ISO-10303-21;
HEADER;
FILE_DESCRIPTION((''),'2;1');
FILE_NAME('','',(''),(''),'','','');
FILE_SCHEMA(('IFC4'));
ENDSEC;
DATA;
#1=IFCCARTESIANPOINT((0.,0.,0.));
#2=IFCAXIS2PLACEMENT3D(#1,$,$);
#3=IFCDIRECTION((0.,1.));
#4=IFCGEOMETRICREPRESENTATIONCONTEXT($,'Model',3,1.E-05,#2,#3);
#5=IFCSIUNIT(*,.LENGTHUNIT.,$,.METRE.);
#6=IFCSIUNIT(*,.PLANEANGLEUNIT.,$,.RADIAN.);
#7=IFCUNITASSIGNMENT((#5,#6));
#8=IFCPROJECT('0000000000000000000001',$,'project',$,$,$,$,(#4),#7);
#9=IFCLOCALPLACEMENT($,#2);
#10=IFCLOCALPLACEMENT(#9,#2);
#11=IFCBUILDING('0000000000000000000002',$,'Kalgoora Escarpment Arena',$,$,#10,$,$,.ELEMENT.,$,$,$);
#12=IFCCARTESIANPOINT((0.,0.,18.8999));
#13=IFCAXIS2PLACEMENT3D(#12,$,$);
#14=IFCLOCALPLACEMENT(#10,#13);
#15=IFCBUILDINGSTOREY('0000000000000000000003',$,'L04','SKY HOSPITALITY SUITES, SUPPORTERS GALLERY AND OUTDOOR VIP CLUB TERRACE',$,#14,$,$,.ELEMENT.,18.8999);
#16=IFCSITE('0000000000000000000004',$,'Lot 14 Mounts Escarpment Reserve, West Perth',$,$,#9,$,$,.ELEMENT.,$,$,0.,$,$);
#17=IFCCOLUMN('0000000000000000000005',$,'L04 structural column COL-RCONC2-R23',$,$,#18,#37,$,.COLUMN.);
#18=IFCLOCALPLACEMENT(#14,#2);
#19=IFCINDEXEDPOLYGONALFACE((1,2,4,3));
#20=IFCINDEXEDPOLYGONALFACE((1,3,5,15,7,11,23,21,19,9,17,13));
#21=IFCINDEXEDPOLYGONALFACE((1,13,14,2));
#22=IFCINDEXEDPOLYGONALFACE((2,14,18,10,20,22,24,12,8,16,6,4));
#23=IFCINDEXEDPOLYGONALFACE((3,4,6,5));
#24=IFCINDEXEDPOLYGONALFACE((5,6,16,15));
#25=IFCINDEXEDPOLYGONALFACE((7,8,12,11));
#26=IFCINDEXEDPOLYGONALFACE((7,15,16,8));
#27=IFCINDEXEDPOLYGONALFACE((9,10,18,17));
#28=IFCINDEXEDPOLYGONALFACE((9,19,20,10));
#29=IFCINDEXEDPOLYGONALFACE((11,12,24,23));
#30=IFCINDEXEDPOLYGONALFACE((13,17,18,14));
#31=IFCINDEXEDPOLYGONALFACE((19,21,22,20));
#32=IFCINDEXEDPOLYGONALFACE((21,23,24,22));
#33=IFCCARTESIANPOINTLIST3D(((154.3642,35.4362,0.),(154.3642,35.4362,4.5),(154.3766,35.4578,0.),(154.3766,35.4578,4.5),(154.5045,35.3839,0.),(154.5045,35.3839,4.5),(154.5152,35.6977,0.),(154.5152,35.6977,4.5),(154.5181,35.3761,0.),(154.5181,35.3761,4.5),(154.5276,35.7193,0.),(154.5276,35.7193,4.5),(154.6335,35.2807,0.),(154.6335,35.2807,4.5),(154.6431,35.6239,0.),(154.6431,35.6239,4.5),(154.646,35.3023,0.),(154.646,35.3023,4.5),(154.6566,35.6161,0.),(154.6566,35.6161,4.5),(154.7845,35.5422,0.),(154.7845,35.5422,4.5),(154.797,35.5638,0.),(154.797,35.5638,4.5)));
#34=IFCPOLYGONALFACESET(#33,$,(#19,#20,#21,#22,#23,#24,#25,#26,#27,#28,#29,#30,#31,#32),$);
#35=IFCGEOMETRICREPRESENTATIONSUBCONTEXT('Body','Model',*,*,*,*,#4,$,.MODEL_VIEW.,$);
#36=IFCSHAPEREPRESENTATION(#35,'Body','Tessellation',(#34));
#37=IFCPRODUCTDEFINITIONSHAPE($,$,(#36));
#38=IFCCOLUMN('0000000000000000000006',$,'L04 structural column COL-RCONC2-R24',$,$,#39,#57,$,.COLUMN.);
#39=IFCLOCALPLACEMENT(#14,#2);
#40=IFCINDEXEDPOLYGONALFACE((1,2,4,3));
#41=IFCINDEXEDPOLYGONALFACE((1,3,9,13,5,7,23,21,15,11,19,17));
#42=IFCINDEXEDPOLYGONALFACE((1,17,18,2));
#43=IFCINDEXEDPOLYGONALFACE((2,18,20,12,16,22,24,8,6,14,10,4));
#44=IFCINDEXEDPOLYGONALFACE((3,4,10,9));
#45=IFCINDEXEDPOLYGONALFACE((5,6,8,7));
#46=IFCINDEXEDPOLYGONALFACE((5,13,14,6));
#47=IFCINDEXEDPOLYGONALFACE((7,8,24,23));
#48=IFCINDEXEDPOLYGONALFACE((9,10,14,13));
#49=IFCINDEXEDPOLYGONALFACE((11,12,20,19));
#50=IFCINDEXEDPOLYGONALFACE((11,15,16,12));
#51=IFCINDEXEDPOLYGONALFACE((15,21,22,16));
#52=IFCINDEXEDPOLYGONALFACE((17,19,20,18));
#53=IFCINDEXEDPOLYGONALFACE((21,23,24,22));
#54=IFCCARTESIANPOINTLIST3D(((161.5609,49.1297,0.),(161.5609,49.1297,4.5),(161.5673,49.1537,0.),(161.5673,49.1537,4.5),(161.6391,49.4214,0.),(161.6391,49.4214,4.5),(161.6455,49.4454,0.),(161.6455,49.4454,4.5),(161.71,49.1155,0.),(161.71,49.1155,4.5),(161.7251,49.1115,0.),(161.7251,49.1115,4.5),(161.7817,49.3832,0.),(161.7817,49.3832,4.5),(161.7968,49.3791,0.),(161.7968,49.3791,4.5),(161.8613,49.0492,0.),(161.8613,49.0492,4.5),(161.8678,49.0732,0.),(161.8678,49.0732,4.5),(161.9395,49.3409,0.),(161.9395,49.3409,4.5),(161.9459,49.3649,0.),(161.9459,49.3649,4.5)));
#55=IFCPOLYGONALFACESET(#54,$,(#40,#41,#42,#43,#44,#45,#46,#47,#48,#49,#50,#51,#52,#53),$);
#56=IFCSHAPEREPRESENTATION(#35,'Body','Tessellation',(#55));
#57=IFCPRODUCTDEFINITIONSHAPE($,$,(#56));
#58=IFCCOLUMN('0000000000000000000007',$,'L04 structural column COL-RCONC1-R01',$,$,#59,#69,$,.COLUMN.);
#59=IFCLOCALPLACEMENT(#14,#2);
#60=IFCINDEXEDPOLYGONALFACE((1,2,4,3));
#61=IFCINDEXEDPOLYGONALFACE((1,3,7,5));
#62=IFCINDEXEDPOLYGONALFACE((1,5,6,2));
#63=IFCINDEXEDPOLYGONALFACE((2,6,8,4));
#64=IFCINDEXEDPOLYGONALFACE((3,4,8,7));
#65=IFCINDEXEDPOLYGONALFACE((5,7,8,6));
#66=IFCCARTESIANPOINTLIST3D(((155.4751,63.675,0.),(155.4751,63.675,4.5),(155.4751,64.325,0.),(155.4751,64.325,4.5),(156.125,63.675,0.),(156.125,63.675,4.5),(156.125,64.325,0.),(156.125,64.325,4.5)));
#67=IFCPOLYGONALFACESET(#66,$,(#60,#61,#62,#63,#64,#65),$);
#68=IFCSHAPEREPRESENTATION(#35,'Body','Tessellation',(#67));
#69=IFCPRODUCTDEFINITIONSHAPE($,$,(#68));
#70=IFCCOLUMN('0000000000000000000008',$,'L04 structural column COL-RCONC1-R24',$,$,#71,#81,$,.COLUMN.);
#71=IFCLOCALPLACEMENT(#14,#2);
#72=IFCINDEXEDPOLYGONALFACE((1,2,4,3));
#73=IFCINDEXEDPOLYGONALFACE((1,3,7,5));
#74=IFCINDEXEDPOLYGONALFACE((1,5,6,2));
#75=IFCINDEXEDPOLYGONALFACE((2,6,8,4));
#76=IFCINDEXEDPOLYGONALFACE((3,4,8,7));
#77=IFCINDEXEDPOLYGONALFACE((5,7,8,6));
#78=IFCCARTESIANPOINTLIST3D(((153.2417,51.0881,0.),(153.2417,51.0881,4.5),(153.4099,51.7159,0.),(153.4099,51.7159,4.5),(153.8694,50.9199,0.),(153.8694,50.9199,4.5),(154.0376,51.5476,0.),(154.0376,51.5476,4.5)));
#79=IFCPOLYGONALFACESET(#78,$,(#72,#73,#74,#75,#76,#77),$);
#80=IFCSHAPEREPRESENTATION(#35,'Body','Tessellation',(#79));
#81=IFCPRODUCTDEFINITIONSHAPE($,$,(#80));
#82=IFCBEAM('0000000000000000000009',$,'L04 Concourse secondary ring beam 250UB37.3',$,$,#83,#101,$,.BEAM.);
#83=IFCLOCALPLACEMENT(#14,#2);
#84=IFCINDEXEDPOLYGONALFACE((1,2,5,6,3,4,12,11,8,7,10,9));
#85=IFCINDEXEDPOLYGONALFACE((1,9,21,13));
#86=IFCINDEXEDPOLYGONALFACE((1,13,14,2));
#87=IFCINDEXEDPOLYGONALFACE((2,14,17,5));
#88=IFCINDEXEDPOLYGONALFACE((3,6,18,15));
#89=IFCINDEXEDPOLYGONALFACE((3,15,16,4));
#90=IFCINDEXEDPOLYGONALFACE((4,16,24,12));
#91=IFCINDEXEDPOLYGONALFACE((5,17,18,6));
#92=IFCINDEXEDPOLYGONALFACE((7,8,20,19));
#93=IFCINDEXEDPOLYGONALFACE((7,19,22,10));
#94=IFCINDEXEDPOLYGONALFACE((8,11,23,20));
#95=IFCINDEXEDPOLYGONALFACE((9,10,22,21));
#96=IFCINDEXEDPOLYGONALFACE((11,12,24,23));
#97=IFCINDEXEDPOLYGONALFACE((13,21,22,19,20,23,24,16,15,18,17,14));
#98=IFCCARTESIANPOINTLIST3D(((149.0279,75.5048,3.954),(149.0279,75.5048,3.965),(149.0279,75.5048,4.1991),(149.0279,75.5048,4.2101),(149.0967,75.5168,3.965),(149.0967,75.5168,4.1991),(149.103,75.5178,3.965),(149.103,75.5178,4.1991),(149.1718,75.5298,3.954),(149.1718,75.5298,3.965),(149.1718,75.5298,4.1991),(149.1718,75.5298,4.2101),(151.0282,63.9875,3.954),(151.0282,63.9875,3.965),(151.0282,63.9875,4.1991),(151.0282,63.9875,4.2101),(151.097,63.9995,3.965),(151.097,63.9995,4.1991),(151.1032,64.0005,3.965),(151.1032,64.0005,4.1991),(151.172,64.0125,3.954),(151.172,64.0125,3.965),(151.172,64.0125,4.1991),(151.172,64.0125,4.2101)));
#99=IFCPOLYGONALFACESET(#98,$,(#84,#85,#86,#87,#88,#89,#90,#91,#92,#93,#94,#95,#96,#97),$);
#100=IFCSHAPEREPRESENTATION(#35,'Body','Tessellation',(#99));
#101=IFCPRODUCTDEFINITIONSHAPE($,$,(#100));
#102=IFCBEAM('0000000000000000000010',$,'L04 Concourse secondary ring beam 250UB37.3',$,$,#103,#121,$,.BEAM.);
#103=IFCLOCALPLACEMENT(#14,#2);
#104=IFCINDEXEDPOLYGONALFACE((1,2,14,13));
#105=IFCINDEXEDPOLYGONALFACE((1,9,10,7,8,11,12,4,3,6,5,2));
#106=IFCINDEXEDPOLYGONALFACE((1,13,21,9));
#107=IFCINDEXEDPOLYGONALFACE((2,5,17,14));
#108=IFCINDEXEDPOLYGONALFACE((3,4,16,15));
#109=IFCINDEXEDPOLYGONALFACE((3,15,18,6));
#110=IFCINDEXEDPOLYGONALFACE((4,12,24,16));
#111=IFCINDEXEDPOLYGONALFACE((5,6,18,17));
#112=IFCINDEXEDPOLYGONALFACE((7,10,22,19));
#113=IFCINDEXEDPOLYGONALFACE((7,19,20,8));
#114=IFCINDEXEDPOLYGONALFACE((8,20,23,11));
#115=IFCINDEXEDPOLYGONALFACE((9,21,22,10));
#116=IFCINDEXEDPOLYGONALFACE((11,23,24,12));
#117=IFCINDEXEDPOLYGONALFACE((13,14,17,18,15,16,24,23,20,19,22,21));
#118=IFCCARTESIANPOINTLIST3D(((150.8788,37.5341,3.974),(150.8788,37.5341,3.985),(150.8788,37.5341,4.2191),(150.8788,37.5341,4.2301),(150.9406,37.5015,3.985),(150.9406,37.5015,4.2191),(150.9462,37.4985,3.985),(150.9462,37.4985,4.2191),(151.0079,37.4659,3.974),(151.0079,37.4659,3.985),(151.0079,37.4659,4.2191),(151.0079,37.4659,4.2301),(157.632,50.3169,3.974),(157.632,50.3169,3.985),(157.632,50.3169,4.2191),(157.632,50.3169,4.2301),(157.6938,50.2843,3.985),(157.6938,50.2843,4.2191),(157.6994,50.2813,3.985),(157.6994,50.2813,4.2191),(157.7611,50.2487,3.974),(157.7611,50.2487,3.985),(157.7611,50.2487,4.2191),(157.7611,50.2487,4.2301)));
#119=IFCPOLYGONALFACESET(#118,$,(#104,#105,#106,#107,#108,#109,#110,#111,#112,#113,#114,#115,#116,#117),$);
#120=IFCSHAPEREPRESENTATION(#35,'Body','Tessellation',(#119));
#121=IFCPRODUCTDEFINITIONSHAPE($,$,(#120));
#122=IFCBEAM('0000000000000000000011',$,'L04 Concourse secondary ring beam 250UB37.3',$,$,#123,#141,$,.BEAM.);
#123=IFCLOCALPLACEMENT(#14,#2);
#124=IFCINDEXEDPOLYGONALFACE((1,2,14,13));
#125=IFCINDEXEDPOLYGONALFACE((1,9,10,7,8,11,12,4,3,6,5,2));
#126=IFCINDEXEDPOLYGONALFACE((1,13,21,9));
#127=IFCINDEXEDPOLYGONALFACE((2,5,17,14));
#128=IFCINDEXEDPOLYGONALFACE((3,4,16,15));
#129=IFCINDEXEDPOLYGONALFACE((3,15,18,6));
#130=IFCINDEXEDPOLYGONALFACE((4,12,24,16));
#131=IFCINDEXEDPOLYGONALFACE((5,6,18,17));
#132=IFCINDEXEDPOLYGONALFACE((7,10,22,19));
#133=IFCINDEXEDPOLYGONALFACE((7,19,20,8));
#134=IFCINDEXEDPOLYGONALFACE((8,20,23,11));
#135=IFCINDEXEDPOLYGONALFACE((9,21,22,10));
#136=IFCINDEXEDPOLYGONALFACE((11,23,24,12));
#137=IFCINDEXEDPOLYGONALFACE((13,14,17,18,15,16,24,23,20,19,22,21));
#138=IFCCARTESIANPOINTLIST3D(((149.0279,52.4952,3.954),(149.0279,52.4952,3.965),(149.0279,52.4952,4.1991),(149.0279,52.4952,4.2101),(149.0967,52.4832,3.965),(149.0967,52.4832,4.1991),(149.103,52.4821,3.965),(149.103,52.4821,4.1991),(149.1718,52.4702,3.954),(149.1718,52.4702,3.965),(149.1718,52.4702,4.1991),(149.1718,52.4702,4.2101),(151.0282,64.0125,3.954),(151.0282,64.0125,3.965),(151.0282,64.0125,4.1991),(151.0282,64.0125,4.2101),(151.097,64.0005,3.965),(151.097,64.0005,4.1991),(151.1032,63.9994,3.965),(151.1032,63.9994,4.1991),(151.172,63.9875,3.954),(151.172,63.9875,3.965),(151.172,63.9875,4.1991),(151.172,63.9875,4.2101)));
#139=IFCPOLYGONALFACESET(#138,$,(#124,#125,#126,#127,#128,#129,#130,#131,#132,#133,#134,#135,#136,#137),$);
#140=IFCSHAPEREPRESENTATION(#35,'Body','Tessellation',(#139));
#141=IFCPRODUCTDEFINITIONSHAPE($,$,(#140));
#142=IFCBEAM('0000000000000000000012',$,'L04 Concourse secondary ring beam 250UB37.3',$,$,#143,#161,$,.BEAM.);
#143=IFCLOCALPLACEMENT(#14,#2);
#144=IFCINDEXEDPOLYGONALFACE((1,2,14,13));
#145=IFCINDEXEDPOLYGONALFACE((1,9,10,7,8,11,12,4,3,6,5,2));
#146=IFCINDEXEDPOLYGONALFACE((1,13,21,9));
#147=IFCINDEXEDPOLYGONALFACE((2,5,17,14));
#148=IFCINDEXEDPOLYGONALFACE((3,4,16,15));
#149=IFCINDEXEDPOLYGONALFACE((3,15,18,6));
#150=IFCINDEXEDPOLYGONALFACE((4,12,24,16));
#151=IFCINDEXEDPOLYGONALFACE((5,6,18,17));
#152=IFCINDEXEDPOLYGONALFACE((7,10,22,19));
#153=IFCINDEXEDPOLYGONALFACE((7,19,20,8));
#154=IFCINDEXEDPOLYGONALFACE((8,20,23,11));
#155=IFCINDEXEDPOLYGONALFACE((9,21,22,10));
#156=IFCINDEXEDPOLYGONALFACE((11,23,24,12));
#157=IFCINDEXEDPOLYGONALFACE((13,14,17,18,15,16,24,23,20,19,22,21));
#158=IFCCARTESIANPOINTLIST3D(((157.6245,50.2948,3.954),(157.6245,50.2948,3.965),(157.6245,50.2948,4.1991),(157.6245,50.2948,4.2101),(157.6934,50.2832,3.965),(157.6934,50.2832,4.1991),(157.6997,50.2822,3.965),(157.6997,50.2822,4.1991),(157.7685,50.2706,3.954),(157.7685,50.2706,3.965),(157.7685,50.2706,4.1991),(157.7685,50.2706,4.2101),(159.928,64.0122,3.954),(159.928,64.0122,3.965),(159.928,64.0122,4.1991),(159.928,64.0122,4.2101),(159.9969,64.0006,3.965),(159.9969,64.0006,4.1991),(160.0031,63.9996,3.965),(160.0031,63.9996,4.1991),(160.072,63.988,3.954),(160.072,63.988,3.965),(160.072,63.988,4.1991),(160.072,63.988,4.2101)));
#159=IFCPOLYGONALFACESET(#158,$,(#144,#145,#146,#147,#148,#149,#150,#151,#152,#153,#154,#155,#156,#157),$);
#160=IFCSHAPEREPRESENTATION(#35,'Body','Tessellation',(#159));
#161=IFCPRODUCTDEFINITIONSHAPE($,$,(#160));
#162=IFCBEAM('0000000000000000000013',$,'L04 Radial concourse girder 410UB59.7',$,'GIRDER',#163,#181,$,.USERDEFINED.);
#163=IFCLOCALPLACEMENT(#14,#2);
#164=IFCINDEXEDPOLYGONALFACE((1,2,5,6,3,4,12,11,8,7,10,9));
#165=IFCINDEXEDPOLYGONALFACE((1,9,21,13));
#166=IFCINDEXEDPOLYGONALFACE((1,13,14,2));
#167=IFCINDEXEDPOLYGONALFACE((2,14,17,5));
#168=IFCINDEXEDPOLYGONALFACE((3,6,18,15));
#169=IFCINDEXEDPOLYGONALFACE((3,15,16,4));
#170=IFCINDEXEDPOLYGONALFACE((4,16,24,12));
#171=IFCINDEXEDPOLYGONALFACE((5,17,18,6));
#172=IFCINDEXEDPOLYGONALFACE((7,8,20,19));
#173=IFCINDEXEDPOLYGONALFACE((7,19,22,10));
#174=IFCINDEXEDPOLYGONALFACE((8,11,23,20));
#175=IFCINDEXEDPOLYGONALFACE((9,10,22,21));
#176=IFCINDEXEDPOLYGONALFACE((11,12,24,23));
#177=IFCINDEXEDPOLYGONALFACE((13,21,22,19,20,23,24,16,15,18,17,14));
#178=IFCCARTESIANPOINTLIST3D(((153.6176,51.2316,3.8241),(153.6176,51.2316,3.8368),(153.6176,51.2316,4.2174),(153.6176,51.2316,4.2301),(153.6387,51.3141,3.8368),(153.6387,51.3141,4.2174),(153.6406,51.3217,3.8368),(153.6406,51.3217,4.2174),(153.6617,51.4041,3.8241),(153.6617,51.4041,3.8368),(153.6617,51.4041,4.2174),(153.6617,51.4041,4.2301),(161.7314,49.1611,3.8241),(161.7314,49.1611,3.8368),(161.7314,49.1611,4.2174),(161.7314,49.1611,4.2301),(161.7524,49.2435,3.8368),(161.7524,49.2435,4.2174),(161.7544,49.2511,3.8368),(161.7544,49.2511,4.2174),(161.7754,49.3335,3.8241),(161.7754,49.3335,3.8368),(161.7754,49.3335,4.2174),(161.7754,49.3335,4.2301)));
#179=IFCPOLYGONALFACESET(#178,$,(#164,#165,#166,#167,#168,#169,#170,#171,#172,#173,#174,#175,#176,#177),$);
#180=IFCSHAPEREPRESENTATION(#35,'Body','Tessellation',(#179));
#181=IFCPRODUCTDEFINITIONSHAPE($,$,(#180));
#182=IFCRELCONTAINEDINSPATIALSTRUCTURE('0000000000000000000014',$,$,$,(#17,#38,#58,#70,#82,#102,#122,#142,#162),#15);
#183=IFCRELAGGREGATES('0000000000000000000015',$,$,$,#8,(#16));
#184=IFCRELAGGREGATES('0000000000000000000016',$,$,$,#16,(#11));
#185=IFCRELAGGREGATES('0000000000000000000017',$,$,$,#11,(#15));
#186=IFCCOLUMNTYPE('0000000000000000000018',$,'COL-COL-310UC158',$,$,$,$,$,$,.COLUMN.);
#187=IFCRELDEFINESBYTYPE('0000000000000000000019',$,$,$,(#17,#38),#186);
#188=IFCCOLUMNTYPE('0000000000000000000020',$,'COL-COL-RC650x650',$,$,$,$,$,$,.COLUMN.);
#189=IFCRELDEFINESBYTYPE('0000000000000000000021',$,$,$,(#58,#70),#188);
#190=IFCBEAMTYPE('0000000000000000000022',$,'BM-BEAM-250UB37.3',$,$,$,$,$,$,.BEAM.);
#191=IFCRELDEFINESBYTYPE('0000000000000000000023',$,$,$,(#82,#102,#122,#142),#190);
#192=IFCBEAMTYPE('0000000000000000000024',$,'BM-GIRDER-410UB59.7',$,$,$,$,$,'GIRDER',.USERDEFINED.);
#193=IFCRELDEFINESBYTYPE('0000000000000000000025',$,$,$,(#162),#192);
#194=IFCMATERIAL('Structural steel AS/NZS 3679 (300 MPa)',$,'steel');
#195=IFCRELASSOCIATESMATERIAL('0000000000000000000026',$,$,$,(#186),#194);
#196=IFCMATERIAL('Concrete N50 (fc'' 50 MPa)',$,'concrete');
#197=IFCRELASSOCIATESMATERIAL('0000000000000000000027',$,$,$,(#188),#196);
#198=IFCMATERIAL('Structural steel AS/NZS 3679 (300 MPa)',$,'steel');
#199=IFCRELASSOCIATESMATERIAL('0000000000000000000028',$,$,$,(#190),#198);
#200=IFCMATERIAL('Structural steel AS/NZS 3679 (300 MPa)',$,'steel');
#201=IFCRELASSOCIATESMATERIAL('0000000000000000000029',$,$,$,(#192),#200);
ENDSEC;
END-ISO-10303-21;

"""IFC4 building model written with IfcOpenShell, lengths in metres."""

from ifc_helpers import new_model, si_unit, direction, frame, origin, origin_2d, place, context, subcontext, project, spatial, rectangle, i_section, extrude, material, material_profile, profile_set, type_object, element, save


model = new_model("IFC4")

# Units and contexts
model_context = context("Model", 3, precision=1e-05, world=origin(), true_north=direction((0.0, 1.0)))
body_context = subcontext(model_context, "Body", "Model", "MODEL_VIEW")
ifc_project = project(units=[si_unit("LENGTHUNIT", "METRE"), si_unit("PLANEANGLEUNIT", "RADIAN")], contexts=[model_context])

# Site, building, storey
site_placement = place(None, origin())
site = spatial("IfcSite", under=ifc_project, at=site_placement, Name="Lot 14 Mounts Escarpment Reserve, West Perth", CompositionType="ELEMENT", RefElevation=0.0)
building_placement = place(site_placement, origin())
building = spatial("IfcBuilding", under=site, at=building_placement, Name="Kalgoora Escarpment Arena", CompositionType="ELEMENT")
storey_placement = place(building_placement, frame((0.0, 0.0, 18.8999)))
storey = spatial("IfcBuildingStorey", under=building, at=storey_placement, Name="L04", Description="SKY HOSPITALITY SUITES, SUPPORTERS GALLERY AND OUTDOOR VIP CLUB TERRACE", CompositionType="ELEMENT", Elevation=18.8999)

# Columns
ifc_material_1 = material(Name="Structural steel AS/NZS 3679 (300 MPa)", Category="steel")
ifc_material_profile_1 = material_profile(ifc_material_1, i_section(OverallWidth=0.311, OverallDepth=0.3269, WebThickness=0.0156, FlangeThickness=0.0249, at=origin_2d()))
ifc_profile_set_1 = profile_set([ifc_material_profile_1], Name="Structural steel AS/NZS 3679 (300 MPa)")
column_type_1 = type_object("IfcColumnType", Name="COL-COL-310UC158", PredefinedType="COLUMN", material=ifc_profile_set_1)
for number, where, z_axis, x_axis, name in (
    (1, (154.5806, 35.5, 0.0), (0.0, 0.0, 1.0), (0.866025, -0.5, 0.0), "L04 structural column COL-RCONC2-R23"),
    (2, (161.7534, 49.2473, 0.0), (0.0, 0.0, 1.0), (0.965926, -0.258819, 0.0), "L04 structural column COL-RCONC2-R24"),
):
    element("IfcColumn", number, at=place(storey_placement, frame(where, z_axis=z_axis, x_axis=x_axis)), inside=storey, type_object=column_type_1, Name=name, PredefinedType="COLUMN", context=body_context, shape_type="SweptSolid", body=[
        extrude(i_section(OverallWidth=0.311, OverallDepth=0.3269, WebThickness=0.0156, FlangeThickness=0.0249, at=origin_2d()), origin(), (0.0, 0.0, 1.0), 4.5),
    ])
ifc_material_2 = material(Name="Concrete N50 (fc' 50 MPa)", Category="concrete")
ifc_material_profile_2 = material_profile(ifc_material_2, rectangle(XDim=0.6499, YDim=0.6499, at=origin_2d()))
ifc_profile_set_2 = profile_set([ifc_material_profile_2], Name="Concrete N50 (fc' 50 MPa)")
column_type_2 = type_object("IfcColumnType", Name="COL-COL-RC650x650", PredefinedType="COLUMN", material=ifc_profile_set_2)
for number, where, z_axis, x_axis, name in (
    (3, (155.8, 64.0, 0.0), (0.0, 0.0, 1.0), (1.0, 0.0, 0.0), "L04 structural column COL-RCONC1-R01"),
    (4, (153.6396, 51.3179, 0.0), (0.0, 0.0, 1.0), (0.965926, -0.258819, 0.0), "L04 structural column COL-RCONC1-R24"),
):
    element("IfcColumn", number, at=place(storey_placement, frame(where, z_axis=z_axis, x_axis=x_axis)), inside=storey, type_object=column_type_2, Name=name, PredefinedType="COLUMN", context=body_context, shape_type="SweptSolid", body=[
        extrude(rectangle(XDim=0.6499, YDim=0.6499, at=origin_2d()), origin(), (0.0, 0.0, 1.0), 4.5),
    ])

# Beams
ifc_material_3 = material(Name="Structural steel AS/NZS 3679 (300 MPa)", Category="steel")
ifc_material_profile_3 = material_profile(ifc_material_3, i_section(OverallWidth=0.146, OverallDepth=0.2561, WebThickness=0.0063, FlangeThickness=0.011, at=origin_2d()))
ifc_profile_set_3 = profile_set([ifc_material_profile_3], Name="Structural steel AS/NZS 3679 (300 MPa)")
beam_type_1 = type_object("IfcBeamType", Name="BM-BEAM-250UB37.3", PredefinedType="BEAM", material=ifc_profile_set_3)
beam_1_placement = place(storey_placement, frame((151.1001, 64.0, 4.082), z_axis=(-0.171111, 0.985252, 0.0), x_axis=(-0.985252, -0.171111, 0.0)))
element("IfcBeam", 5, at=beam_1_placement, inside=storey, type_object=beam_type_1, Name="L04 Concourse secondary ring beam 250UB37.3", PredefinedType="BEAM", context=body_context, shape_type="SweptSolid", body=[
    extrude(i_section(OverallWidth=0.146, OverallDepth=0.2561, WebThickness=0.0063, FlangeThickness=0.011, at=origin_2d()), origin(), (0.0, 0.0, 1.0), 11.6897),
])
beam_2_placement = place(storey_placement, frame((150.9434, 37.5, 4.1021), z_axis=(0.467123, 0.884192, 0.0), x_axis=(-0.884192, 0.467123, 0.0)))
element("IfcBeam", 6, at=beam_2_placement, inside=storey, type_object=beam_type_1, Name="L04 Concourse secondary ring beam 250UB37.3", PredefinedType="BEAM", context=body_context, shape_type="SweptSolid", body=[
    extrude(i_section(OverallWidth=0.146, OverallDepth=0.2561, WebThickness=0.0063, FlangeThickness=0.011, at=origin_2d()), origin(), (0.0, 0.0, 1.0), 14.457),
])
beam_3_placement = place(storey_placement, frame((149.0999, 52.4827, 4.082), z_axis=(0.171111, 0.985252, 0.0), x_axis=(-0.985252, 0.171111, 0.0)))
element("IfcBeam", 7, at=beam_3_placement, inside=storey, type_object=beam_type_1, Name="L04 Concourse secondary ring beam 250UB37.3", PredefinedType="BEAM", context=body_context, shape_type="SweptSolid", body=[
    extrude(i_section(OverallWidth=0.146, OverallDepth=0.2561, WebThickness=0.0063, FlangeThickness=0.011, at=origin_2d()), origin(), (0.0, 0.0, 1.0), 11.6897),
])
beam_4_placement = place(storey_placement, frame((157.6965, 50.2827, 4.082), z_axis=(0.165606, 0.986192, 0.0), x_axis=(-0.986192, 0.165606, 0.0)))
element("IfcBeam", 8, at=beam_4_placement, inside=storey, type_object=beam_type_1, Name="L04 Concourse secondary ring beam 250UB37.3", PredefinedType="BEAM", context=body_context, shape_type="SweptSolid", body=[
    extrude(i_section(OverallWidth=0.146, OverallDepth=0.2561, WebThickness=0.0063, FlangeThickness=0.011, at=origin_2d()), origin(), (0.0, 0.0, 1.0), 13.9094),
])
ifc_material_4 = material(Name="Structural steel AS/NZS 3679 (300 MPa)", Category="steel")
ifc_material_profile_4 = material_profile(ifc_material_4, i_section(OverallWidth=0.178, OverallDepth=0.406, WebThickness=0.0078, FlangeThickness=0.0127, at=origin_2d()))
ifc_profile_set_4 = profile_set([ifc_material_profile_4], Name="Structural steel AS/NZS 3679 (300 MPa)")
beam_type_2 = type_object("IfcBeamType", Name="BM-GIRDER-410UB59.7", ElementType="GIRDER", PredefinedType="USERDEFINED", material=ifc_profile_set_4)
beam_5_placement = place(storey_placement, frame((153.6396, 51.3179, 4.0271), z_axis=(0.968948, -0.247266, 0.0), x_axis=(0.247266, 0.968948, 0.0)))
element("IfcBeam", 9, at=beam_5_placement, inside=storey, type_object=beam_type_2, Name="L04 Radial concourse girder 410UB59.7", ObjectType="GIRDER", PredefinedType="USERDEFINED", context=body_context, shape_type="SweptSolid", body=[
    extrude(i_section(OverallWidth=0.178, OverallDepth=0.406, WebThickness=0.0078, FlangeThickness=0.0127, at=origin_2d()), origin(), (0.0, 0.0, 1.0), 8.3738),
])

save(model, "model.ifc")
